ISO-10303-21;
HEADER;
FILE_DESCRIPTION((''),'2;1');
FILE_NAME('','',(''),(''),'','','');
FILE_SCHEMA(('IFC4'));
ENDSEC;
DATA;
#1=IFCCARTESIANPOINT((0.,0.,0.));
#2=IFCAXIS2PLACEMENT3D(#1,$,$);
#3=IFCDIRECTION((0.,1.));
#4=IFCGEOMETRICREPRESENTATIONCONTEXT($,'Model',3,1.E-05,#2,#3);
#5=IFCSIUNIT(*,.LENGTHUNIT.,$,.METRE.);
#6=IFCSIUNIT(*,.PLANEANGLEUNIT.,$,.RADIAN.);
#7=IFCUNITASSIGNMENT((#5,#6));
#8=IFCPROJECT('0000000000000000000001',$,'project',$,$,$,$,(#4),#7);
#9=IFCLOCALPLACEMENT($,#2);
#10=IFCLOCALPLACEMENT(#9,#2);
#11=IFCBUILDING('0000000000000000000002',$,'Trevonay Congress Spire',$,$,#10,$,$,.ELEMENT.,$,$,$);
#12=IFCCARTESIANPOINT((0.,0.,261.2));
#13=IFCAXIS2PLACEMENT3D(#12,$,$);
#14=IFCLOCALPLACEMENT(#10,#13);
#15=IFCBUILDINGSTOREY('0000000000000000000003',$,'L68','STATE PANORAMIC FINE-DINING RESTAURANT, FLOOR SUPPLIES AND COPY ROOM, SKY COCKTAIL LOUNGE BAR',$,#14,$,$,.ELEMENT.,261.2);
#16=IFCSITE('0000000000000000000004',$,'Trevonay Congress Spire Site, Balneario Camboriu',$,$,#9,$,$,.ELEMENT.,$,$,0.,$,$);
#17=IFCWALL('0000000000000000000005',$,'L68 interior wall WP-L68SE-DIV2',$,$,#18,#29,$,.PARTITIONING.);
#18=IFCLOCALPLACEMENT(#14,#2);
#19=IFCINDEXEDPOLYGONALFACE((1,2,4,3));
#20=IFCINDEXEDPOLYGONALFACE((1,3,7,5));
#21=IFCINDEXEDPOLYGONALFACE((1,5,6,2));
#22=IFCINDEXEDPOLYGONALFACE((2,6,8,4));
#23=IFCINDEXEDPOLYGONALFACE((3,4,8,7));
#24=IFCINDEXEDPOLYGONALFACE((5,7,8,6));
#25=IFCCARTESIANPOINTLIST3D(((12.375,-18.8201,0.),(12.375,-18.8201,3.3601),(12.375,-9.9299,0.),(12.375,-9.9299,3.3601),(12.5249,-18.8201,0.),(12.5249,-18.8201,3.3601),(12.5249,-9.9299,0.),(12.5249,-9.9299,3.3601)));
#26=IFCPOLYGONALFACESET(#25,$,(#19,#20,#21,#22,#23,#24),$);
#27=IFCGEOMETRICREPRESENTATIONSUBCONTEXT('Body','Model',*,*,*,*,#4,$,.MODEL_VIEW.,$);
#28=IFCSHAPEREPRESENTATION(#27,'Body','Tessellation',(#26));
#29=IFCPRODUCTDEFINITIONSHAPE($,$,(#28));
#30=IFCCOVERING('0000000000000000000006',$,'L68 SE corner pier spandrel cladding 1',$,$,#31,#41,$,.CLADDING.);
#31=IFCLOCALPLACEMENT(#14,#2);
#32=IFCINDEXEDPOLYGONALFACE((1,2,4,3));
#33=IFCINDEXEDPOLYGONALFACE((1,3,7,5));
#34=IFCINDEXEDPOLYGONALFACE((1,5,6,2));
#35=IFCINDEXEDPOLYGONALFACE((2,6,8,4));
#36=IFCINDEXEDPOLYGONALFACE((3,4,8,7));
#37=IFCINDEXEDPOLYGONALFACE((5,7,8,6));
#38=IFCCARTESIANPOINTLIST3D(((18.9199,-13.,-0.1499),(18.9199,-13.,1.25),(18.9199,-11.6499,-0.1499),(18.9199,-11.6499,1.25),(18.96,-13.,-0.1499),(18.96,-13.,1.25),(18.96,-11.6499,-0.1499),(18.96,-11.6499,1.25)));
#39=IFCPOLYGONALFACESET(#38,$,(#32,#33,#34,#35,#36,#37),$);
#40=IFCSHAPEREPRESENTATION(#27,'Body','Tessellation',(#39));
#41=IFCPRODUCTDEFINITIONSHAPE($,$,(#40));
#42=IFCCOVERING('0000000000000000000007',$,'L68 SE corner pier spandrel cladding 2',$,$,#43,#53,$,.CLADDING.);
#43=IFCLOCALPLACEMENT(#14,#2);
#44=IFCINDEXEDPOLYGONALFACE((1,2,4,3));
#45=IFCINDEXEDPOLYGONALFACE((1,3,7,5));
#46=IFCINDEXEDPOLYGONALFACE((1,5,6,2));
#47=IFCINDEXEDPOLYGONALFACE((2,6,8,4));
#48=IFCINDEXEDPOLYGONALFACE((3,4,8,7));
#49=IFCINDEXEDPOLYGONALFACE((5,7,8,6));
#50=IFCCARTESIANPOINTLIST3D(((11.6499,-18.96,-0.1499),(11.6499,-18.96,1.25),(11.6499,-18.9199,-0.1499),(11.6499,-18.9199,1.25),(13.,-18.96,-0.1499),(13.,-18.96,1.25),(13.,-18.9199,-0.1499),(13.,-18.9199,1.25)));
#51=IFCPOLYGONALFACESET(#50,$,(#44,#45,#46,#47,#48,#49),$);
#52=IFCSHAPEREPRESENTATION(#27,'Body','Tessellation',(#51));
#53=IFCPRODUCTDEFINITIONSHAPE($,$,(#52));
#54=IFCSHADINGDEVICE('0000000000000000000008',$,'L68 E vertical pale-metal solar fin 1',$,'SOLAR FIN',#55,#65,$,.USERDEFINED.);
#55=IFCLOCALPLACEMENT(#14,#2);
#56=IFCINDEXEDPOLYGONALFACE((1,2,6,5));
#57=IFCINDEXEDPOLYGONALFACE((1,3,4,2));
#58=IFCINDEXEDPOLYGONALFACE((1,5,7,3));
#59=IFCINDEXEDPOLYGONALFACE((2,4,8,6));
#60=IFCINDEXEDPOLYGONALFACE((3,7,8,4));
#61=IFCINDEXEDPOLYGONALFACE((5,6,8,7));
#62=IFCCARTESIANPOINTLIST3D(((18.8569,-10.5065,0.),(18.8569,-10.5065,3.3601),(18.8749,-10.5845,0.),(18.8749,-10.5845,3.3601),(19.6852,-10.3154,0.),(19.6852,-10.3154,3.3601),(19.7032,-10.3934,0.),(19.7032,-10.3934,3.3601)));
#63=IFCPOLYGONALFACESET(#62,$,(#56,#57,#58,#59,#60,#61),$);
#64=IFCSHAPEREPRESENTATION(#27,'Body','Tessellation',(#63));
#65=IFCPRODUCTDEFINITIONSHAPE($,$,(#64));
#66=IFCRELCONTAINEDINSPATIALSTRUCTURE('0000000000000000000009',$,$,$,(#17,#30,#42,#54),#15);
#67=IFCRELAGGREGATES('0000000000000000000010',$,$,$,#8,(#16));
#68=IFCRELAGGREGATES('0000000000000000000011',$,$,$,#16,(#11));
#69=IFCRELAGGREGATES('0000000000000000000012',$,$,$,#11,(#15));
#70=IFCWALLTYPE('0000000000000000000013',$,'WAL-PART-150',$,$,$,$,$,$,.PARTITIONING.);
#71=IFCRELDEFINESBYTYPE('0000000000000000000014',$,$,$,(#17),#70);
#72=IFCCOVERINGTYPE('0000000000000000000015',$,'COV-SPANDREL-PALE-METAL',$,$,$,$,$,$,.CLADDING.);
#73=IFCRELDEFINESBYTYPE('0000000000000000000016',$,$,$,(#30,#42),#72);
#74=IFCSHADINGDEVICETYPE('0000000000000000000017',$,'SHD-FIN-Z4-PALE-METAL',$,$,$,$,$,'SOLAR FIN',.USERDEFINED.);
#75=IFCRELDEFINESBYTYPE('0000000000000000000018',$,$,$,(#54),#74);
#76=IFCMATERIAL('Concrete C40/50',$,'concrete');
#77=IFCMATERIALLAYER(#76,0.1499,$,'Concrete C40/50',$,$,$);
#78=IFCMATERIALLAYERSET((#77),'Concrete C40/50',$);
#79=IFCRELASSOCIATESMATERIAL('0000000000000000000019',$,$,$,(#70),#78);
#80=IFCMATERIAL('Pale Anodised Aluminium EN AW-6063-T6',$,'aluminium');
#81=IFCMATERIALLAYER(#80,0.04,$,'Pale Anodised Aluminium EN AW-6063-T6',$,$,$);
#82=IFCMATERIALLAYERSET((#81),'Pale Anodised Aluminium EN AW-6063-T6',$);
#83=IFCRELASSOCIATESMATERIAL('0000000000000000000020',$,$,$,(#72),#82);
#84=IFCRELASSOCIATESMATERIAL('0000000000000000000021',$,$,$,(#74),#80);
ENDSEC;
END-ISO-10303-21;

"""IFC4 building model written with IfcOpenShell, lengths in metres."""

from ifc_helpers import new_model, si_unit, direction, frame, frame_2d, origin, origin_2d, place, context, subcontext, project, spatial, rectangle, extrude, material, layer, layer_set, type_object, element, save


model = new_model("IFC4")

# Units and contexts
model_context = context("Model", 3, precision=1e-05, world=origin(), true_north=direction((0.0, 1.0)))
body_context = subcontext(model_context, "Body", "Model", "MODEL_VIEW")
ifc_project = project(units=[si_unit("LENGTHUNIT", "METRE"), si_unit("PLANEANGLEUNIT", "RADIAN")], contexts=[model_context])

# Site, building, storey
site_placement = place(None, origin())
site = spatial("IfcSite", under=ifc_project, at=site_placement, Name="Trevonay Congress Spire Site, Balneario Camboriu", CompositionType="ELEMENT", RefElevation=0.0)
building_placement = place(site_placement, origin())
building = spatial("IfcBuilding", under=site, at=building_placement, Name="Trevonay Congress Spire", CompositionType="ELEMENT")
storey_placement = place(building_placement, frame((0.0, 0.0, 261.2)))
storey = spatial("IfcBuildingStorey", under=building, at=storey_placement, Name="L68", Description="STATE PANORAMIC FINE-DINING RESTAURANT, FLOOR SUPPLIES AND COPY ROOM, SKY COCKTAIL LOUNGE BAR", CompositionType="ELEMENT", Elevation=261.2)

# Shared definitions
ifc_material_1 = material(Name="Pale Anodised Aluminium EN AW-6063-T6", Category="aluminium")

# Wall
ifc_material_2 = material(Name="Concrete C40/50", Category="concrete")
ifc_layer_1 = layer(ifc_material_2, 0.1499, Name="Concrete C40/50")
ifc_layer_set_1 = layer_set([ifc_layer_1], Name="Concrete C40/50")
wall_type_1 = type_object("IfcWallType", Name="WAL-PART-150", PredefinedType="PARTITIONING", material=ifc_layer_set_1)
wall_1_placement = place(storey_placement, frame((12.45, -18.8201, 0.0), z_axis=(0.0, 0.0, 1.0), x_axis=(0.0, 1.0, 0.0)))
element("IfcWall", 1, at=wall_1_placement, inside=storey, type_object=wall_type_1, Name="L68 interior wall WP-L68SE-DIV2", PredefinedType="PARTITIONING", context=body_context, shape_type="SweptSolid", body=[
    extrude(rectangle(XDim=8.8901, YDim=0.1499, at=frame_2d((4.4451, 0.0))), origin(), (0.0, 0.0, 1.0), 3.3601),
])

# Coverings
ifc_layer_2 = layer(ifc_material_1, 0.04, Name="Pale Anodised Aluminium EN AW-6063-T6")
ifc_layer_set_2 = layer_set([ifc_layer_2], Name="Pale Anodised Aluminium EN AW-6063-T6")
covering_type = type_object("IfcCoveringType", Name="COV-SPANDREL-PALE-METAL", PredefinedType="CLADDING", material=ifc_layer_set_2)
for number, where, z_axis, x_axis, name in (
    (2, (18.9399, -11.6499, -0.1499), (0.0, 0.0, 1.0), (0.0, -1.0, 0.0), "L68 SE corner pier spandrel cladding 1"),
    (3, (11.6499, -18.9399, -0.1499), (0.0, 0.0, 1.0), (1.0, 0.0, 0.0), "L68 SE corner pier spandrel cladding 2"),
):
    element("IfcCovering", number, at=place(storey_placement, frame(where, z_axis=z_axis, x_axis=x_axis)), inside=storey, type_object=covering_type, Name=name, PredefinedType="CLADDING", context=body_context, shape_type="SweptSolid", body=[
        extrude(rectangle(XDim=1.3501, YDim=0.04, at=frame_2d((0.675, 0.0))), origin(), (0.0, 0.0, 1.0), 1.3999),
    ])

# Shading device
shading_device_type = type_object("IfcShadingDeviceType", Name="SHD-FIN-Z4-PALE-METAL", ElementType="SOLAR FIN", PredefinedType="USERDEFINED", material=ifc_material_1)
shading_device_placement = place(storey_placement, frame((19.28, -10.45, 0.0), z_axis=(0.0, 0.0, 1.0), x_axis=(-0.224781, 0.974409, 0.0)))
element("IfcShadingDevice", 4, at=shading_device_placement, inside=storey, type_object=shading_device_type, Name="L68 E vertical pale-metal solar fin 1", ObjectType="SOLAR FIN", PredefinedType="USERDEFINED", context=body_context, shape_type="SweptSolid", body=[
    extrude(rectangle(XDim=0.0801, YDim=0.8501, at=origin_2d()), origin(), (0.0, 0.0, 1.0), 3.3601),
])

save(model, "model.ifc")
